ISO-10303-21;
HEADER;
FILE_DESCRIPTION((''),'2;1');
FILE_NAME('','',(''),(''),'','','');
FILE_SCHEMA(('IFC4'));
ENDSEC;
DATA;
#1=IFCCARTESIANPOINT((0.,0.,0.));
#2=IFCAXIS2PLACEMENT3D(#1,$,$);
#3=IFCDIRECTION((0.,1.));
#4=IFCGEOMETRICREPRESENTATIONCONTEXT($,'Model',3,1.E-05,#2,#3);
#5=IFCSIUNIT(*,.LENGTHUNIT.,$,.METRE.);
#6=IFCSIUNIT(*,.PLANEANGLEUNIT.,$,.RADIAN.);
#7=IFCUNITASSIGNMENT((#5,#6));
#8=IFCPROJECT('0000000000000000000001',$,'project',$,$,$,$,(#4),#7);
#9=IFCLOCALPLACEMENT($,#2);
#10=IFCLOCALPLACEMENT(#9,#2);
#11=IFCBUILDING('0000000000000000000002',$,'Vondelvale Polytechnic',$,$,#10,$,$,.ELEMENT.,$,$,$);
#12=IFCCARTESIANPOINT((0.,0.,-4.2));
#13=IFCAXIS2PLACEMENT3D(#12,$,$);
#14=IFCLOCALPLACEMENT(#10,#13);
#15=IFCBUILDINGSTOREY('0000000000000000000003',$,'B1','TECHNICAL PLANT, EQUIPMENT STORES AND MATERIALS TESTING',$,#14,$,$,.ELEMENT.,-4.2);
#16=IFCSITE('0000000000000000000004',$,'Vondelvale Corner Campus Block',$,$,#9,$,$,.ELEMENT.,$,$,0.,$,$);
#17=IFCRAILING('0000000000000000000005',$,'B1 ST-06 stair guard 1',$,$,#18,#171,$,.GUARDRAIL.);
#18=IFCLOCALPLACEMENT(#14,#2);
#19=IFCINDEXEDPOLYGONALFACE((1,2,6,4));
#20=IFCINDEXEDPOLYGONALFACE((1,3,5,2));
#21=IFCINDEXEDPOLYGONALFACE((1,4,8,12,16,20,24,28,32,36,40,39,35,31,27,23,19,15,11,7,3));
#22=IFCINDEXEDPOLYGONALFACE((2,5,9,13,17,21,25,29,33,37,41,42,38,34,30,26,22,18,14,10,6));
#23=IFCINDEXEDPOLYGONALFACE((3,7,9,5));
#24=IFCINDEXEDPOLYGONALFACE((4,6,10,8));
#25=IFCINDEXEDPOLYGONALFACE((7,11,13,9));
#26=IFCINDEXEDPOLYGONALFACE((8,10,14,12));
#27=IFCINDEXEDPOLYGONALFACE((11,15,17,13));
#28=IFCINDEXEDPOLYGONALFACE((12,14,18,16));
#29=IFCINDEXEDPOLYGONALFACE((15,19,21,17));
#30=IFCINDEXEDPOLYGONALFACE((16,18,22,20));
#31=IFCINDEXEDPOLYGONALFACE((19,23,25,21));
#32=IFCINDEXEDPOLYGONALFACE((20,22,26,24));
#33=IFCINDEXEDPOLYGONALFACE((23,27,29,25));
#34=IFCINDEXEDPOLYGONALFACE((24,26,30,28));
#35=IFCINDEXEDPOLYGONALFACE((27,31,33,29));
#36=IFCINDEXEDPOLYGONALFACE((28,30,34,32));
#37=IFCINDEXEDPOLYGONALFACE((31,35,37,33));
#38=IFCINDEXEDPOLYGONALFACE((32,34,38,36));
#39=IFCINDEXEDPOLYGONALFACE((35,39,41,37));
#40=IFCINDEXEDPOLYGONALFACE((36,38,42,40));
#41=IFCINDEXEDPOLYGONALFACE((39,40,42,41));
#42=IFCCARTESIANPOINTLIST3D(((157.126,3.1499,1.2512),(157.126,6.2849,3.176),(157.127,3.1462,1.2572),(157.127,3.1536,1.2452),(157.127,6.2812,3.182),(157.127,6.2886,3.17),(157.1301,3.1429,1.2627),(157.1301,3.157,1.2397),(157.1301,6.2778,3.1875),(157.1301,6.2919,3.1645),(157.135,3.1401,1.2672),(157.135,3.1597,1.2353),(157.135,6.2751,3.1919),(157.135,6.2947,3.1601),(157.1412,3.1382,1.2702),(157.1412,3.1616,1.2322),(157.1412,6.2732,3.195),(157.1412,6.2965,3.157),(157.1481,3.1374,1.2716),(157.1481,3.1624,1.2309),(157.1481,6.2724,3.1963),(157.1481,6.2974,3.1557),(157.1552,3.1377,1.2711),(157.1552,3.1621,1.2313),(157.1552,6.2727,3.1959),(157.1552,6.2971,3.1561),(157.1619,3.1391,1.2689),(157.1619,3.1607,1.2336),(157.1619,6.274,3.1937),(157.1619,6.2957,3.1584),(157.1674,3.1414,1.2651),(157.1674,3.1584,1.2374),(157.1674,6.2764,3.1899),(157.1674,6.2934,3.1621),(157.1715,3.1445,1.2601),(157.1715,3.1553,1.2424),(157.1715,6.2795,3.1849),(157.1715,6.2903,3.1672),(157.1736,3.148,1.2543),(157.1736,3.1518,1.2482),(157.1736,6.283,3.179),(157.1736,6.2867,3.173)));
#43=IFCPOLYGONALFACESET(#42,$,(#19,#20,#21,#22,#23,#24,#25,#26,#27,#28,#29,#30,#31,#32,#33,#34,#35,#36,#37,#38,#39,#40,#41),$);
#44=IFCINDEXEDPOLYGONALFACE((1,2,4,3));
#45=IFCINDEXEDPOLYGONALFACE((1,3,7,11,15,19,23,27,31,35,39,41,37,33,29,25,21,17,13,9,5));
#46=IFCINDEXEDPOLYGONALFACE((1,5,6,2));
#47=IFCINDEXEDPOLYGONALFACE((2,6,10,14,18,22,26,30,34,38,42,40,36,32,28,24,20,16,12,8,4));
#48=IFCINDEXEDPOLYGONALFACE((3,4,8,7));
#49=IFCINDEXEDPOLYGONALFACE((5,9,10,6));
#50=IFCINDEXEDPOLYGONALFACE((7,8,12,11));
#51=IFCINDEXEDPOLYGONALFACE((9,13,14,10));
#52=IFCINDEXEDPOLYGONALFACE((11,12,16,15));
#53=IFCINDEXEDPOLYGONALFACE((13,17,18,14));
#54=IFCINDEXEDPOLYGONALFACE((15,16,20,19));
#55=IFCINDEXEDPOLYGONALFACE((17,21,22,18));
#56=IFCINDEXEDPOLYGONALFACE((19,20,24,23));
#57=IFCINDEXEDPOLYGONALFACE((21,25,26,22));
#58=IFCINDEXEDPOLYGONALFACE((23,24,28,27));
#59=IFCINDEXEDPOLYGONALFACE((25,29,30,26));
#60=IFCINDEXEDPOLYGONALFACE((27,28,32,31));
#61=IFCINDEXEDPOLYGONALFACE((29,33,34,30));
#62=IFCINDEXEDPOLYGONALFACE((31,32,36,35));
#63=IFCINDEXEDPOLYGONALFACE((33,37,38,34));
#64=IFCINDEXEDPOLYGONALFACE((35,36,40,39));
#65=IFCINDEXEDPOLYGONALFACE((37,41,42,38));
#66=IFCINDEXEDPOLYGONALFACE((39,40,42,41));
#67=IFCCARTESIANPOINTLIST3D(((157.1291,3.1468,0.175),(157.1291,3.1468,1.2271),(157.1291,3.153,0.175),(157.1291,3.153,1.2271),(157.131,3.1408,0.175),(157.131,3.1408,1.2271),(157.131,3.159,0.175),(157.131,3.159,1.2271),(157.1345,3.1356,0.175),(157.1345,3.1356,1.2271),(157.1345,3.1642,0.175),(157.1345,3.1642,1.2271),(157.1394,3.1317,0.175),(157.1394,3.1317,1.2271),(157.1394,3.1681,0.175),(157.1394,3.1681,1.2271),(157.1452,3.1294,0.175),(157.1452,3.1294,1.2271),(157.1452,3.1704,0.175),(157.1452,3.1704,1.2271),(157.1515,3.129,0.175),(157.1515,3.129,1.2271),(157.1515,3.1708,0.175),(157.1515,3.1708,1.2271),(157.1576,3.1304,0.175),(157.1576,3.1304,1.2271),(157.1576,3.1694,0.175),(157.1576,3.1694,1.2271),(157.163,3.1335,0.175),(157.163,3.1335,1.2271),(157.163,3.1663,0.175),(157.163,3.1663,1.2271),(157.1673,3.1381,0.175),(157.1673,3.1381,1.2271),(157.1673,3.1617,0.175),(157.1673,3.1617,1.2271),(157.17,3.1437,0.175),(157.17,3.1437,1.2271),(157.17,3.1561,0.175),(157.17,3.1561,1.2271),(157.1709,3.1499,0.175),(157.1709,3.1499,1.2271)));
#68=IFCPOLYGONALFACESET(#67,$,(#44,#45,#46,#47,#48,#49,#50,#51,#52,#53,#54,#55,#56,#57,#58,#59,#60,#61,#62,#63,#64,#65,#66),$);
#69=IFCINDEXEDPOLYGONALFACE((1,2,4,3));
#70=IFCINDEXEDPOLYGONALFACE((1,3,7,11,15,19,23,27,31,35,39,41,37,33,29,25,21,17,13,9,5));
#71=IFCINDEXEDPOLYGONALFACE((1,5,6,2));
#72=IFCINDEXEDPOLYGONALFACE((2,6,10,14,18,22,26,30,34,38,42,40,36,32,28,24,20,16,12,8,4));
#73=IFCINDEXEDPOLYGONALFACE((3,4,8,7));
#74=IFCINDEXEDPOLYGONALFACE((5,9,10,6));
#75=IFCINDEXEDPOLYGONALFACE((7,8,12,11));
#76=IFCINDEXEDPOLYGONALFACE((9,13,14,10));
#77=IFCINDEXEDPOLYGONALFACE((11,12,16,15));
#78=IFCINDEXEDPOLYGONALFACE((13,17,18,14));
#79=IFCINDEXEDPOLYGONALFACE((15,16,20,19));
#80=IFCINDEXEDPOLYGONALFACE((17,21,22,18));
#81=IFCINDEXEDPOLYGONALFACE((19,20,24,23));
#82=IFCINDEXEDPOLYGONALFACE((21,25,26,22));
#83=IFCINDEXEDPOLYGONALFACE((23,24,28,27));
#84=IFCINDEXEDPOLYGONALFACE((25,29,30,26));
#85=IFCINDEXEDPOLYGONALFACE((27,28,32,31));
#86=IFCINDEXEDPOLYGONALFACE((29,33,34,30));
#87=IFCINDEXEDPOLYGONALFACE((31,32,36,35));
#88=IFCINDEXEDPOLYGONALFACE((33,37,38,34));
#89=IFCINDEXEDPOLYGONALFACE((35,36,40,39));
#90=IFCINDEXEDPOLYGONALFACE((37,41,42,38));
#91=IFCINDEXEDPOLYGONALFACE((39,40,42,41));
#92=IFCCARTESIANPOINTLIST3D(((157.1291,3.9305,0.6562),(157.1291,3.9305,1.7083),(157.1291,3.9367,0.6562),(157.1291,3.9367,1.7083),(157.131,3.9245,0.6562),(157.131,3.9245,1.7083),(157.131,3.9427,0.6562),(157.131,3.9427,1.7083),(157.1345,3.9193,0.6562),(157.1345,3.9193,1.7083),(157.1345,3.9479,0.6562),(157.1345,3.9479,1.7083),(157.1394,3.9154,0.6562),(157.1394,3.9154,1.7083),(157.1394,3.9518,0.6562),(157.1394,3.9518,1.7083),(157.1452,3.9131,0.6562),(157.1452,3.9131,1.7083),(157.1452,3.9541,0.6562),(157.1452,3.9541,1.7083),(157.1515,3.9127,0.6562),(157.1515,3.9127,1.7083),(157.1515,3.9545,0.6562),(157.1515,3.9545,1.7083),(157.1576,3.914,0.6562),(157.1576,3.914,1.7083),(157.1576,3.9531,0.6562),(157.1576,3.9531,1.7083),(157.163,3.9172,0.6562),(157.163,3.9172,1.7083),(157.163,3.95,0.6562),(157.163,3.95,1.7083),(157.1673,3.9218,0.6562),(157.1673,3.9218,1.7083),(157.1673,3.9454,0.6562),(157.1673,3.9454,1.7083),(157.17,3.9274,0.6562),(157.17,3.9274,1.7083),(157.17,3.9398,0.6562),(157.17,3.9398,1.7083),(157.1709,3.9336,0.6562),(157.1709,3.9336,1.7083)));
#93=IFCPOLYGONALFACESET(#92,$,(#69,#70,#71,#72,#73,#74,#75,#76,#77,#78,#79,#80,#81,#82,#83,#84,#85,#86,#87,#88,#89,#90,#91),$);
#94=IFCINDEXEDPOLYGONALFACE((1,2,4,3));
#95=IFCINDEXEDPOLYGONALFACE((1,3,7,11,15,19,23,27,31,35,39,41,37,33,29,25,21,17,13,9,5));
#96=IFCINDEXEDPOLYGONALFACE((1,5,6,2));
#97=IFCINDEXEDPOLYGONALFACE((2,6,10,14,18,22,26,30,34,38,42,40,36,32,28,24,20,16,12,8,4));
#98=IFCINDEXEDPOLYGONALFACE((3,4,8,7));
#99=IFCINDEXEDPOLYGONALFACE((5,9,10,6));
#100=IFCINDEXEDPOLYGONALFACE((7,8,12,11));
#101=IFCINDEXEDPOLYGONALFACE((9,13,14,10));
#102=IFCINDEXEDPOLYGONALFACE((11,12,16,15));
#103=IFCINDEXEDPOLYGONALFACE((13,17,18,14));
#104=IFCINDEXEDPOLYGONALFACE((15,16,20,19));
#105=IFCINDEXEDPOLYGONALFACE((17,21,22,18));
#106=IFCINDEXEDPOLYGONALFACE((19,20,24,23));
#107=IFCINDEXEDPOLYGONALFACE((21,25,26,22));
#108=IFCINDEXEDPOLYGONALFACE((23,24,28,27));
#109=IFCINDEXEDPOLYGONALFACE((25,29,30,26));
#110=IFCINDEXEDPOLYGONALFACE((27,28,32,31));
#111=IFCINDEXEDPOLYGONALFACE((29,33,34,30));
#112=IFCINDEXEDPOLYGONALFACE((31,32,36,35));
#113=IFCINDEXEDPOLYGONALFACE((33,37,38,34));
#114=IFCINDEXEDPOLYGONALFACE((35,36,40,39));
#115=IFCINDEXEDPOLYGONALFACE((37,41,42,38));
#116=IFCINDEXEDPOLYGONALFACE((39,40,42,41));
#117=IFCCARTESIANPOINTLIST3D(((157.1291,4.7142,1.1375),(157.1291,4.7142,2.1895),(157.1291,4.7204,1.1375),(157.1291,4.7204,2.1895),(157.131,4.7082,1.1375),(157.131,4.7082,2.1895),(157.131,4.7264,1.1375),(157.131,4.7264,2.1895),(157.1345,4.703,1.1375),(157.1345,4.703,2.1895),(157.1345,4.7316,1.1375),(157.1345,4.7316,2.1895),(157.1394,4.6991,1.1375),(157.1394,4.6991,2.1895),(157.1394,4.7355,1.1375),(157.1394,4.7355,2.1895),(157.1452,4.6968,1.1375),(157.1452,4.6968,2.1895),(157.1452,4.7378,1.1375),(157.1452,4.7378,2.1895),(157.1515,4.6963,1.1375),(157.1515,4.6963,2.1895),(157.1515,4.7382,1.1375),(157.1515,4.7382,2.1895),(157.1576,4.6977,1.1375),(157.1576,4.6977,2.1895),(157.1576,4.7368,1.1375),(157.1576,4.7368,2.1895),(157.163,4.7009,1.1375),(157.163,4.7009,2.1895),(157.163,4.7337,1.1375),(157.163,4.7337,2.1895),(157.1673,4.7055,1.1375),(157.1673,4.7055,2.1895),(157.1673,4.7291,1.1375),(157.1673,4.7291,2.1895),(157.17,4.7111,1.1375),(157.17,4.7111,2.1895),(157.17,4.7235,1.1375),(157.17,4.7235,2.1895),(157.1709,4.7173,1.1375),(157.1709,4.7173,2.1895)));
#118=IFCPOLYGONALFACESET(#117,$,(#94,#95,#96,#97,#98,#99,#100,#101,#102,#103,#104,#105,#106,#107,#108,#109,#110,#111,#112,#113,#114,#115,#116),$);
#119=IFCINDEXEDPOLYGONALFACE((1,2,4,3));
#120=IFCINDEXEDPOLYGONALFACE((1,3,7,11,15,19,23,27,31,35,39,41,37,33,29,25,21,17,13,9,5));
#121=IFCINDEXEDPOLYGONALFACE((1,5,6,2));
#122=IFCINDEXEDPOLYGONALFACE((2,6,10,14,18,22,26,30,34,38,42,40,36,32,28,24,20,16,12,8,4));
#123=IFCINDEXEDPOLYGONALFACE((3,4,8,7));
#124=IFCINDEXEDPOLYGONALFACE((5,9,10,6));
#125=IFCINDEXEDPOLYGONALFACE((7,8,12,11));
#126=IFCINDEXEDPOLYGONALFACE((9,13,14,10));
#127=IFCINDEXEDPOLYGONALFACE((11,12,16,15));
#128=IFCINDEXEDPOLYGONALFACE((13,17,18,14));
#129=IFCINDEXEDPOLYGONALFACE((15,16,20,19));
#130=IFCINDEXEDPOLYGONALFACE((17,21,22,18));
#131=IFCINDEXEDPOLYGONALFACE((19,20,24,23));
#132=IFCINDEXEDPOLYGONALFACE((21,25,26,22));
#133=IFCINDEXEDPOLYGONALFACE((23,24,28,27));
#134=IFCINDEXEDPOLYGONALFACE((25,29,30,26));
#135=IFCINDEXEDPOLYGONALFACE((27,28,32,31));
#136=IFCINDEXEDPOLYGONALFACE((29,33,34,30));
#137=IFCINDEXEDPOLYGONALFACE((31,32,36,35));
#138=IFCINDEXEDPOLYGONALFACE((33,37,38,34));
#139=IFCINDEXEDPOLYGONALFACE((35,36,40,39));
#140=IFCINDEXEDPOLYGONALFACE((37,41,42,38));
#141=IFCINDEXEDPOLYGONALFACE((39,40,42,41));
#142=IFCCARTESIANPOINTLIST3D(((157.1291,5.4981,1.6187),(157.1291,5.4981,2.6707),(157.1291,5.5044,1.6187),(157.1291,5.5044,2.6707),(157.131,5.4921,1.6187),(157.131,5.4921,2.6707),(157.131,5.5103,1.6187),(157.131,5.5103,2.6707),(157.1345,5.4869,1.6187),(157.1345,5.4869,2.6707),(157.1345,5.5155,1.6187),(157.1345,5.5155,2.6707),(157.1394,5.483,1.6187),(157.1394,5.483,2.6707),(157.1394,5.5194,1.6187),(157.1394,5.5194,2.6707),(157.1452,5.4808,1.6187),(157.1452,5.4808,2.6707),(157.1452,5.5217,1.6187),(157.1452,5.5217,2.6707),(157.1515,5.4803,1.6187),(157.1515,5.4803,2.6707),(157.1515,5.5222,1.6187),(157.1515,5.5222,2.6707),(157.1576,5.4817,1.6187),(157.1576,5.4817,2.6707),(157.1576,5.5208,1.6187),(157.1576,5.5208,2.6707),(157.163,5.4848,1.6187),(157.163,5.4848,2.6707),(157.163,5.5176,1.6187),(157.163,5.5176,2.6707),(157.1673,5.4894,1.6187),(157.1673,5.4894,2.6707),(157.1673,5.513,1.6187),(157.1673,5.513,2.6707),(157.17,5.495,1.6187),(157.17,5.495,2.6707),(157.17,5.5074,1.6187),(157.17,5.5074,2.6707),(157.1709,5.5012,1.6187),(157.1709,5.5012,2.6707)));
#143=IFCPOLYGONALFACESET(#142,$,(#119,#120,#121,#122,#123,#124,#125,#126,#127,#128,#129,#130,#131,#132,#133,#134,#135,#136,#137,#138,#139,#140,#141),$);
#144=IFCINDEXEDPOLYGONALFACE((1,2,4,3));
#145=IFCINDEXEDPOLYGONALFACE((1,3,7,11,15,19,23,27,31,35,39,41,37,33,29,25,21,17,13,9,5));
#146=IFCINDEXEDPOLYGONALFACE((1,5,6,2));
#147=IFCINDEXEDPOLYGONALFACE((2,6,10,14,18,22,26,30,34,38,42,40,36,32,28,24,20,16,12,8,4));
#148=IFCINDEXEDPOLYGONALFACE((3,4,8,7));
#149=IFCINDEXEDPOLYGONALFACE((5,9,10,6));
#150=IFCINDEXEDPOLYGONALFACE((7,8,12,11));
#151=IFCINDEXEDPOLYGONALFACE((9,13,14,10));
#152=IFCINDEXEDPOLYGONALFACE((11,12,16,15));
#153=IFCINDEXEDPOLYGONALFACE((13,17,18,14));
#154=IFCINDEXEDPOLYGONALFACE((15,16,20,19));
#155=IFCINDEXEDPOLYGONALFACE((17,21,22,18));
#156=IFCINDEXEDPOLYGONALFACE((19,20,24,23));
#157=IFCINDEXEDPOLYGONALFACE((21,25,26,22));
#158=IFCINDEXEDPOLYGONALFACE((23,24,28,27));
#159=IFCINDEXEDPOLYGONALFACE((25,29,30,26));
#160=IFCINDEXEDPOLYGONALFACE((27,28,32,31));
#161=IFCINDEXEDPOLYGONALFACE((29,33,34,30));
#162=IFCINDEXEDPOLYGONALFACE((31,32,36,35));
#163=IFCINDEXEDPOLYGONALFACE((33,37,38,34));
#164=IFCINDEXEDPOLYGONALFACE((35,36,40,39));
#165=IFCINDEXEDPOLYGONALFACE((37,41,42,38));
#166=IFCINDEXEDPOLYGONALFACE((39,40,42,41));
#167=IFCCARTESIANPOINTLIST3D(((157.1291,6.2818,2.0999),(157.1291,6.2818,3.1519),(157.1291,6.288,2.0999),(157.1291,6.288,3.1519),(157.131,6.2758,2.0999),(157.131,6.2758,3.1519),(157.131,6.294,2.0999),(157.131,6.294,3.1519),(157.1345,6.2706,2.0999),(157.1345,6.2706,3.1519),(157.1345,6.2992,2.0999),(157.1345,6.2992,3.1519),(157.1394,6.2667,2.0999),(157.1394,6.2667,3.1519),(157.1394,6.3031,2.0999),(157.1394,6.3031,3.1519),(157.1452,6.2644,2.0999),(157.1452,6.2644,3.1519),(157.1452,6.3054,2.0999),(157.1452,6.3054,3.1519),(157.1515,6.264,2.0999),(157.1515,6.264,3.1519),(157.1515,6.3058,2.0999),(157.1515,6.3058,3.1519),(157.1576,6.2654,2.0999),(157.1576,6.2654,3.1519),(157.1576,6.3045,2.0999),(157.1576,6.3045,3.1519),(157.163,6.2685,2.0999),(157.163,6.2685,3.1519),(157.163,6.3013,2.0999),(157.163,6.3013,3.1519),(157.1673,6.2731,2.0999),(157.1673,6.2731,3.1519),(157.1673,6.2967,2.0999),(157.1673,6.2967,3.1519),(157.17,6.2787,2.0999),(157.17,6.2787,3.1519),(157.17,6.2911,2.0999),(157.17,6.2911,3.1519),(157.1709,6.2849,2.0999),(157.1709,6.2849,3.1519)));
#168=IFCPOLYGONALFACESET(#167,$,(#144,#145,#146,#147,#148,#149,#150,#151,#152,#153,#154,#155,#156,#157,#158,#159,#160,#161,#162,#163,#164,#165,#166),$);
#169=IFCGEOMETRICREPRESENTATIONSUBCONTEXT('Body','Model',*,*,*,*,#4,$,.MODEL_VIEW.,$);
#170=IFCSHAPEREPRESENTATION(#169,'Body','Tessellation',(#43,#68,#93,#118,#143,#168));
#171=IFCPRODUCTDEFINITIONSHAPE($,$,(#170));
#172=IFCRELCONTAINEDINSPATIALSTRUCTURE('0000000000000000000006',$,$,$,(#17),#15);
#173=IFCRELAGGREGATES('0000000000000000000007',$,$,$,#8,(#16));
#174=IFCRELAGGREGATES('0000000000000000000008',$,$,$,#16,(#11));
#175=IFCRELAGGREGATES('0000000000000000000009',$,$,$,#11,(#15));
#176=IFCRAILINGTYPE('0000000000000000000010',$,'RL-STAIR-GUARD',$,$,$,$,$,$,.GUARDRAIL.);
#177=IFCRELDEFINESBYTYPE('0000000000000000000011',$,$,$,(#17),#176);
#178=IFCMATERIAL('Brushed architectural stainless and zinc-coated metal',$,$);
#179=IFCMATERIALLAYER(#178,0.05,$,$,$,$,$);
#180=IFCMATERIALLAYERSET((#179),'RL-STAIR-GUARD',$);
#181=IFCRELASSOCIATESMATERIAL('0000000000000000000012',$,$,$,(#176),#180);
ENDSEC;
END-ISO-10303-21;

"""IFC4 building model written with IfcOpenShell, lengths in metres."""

from ifc_helpers import new_model, si_unit, direction, frame, origin, origin_2d, place, context, subcontext, project, spatial, circle, extrude, material, layer, layer_set, type_object, element, save


model = new_model("IFC4")

# Units and contexts
model_context = context("Model", 3, precision=1e-05, world=origin(), true_north=direction((0.0, 1.0)))
body_context = subcontext(model_context, "Body", "Model", "MODEL_VIEW")
ifc_project = project(units=[si_unit("LENGTHUNIT", "METRE"), si_unit("PLANEANGLEUNIT", "RADIAN")], contexts=[model_context])

# Site, building, storey
site_placement = place(None, origin())
site = spatial("IfcSite", under=ifc_project, at=site_placement, Name="Vondelvale Corner Campus Block", CompositionType="ELEMENT", RefElevation=0.0)
building_placement = place(site_placement, origin())
building = spatial("IfcBuilding", under=site, at=building_placement, Name="Vondelvale Polytechnic", CompositionType="ELEMENT")
storey_placement = place(building_placement, frame((0.0, 0.0, -4.2)))
storey = spatial("IfcBuildingStorey", under=building, at=storey_placement, Name="B1", Description="TECHNICAL PLANT, EQUIPMENT STORES AND MATERIALS TESTING", CompositionType="ELEMENT", Elevation=-4.2)

# Shared definitions
ifc_material_1 = material(Name="Brushed architectural stainless and zinc-coated metal")

# Railing
ifc_layer_1 = layer(ifc_material_1, 0.05)
ifc_layer_set_1 = layer_set([ifc_layer_1], Name="RL-STAIR-GUARD")
railing_type_1 = type_object("IfcRailingType", Name="RL-STAIR-GUARD", PredefinedType="GUARDRAIL", material=ifc_layer_set_1)
railing_1_placement = place(storey_placement, frame((157.1499, 3.1499, 0.175)))
element("IfcRailing", 1, at=railing_1_placement, inside=storey, type_object=railing_type_1, Name="B1 ST-06 stair guard 1", PredefinedType="GUARDRAIL", context=body_context, shape_type="SweptSolid", body=[
    extrude(circle(Radius=0.0239, at=origin_2d()), frame((0.0, 0.0, 1.0762), z_axis=(0.0, 0.852196, 0.523223), x_axis=(-1.0, 0.0, 0.0)), (0.0, 0.0, 1.0), 3.6787),
    extrude(circle(Radius=0.021, at=origin_2d()), origin(), (0.0, 0.0, 1.0), 1.052),
    extrude(circle(Radius=0.021, at=origin_2d()), frame((0.0, 0.7837, 0.4812)), (0.0, 0.0, 1.0), 1.052),
    extrude(circle(Radius=0.021, at=origin_2d()), frame((0.0, 1.5674, 0.9624)), (0.0, 0.0, 1.0), 1.052),
    extrude(circle(Radius=0.021, at=origin_2d()), frame((0.0, 2.3513, 1.4436)), (0.0, 0.0, 1.0), 1.052),
    extrude(circle(Radius=0.021, at=origin_2d()), frame((0.0, 3.135, 1.9248)), (0.0, 0.0, 1.0), 1.052),
])

save(model, "model.ifc")
